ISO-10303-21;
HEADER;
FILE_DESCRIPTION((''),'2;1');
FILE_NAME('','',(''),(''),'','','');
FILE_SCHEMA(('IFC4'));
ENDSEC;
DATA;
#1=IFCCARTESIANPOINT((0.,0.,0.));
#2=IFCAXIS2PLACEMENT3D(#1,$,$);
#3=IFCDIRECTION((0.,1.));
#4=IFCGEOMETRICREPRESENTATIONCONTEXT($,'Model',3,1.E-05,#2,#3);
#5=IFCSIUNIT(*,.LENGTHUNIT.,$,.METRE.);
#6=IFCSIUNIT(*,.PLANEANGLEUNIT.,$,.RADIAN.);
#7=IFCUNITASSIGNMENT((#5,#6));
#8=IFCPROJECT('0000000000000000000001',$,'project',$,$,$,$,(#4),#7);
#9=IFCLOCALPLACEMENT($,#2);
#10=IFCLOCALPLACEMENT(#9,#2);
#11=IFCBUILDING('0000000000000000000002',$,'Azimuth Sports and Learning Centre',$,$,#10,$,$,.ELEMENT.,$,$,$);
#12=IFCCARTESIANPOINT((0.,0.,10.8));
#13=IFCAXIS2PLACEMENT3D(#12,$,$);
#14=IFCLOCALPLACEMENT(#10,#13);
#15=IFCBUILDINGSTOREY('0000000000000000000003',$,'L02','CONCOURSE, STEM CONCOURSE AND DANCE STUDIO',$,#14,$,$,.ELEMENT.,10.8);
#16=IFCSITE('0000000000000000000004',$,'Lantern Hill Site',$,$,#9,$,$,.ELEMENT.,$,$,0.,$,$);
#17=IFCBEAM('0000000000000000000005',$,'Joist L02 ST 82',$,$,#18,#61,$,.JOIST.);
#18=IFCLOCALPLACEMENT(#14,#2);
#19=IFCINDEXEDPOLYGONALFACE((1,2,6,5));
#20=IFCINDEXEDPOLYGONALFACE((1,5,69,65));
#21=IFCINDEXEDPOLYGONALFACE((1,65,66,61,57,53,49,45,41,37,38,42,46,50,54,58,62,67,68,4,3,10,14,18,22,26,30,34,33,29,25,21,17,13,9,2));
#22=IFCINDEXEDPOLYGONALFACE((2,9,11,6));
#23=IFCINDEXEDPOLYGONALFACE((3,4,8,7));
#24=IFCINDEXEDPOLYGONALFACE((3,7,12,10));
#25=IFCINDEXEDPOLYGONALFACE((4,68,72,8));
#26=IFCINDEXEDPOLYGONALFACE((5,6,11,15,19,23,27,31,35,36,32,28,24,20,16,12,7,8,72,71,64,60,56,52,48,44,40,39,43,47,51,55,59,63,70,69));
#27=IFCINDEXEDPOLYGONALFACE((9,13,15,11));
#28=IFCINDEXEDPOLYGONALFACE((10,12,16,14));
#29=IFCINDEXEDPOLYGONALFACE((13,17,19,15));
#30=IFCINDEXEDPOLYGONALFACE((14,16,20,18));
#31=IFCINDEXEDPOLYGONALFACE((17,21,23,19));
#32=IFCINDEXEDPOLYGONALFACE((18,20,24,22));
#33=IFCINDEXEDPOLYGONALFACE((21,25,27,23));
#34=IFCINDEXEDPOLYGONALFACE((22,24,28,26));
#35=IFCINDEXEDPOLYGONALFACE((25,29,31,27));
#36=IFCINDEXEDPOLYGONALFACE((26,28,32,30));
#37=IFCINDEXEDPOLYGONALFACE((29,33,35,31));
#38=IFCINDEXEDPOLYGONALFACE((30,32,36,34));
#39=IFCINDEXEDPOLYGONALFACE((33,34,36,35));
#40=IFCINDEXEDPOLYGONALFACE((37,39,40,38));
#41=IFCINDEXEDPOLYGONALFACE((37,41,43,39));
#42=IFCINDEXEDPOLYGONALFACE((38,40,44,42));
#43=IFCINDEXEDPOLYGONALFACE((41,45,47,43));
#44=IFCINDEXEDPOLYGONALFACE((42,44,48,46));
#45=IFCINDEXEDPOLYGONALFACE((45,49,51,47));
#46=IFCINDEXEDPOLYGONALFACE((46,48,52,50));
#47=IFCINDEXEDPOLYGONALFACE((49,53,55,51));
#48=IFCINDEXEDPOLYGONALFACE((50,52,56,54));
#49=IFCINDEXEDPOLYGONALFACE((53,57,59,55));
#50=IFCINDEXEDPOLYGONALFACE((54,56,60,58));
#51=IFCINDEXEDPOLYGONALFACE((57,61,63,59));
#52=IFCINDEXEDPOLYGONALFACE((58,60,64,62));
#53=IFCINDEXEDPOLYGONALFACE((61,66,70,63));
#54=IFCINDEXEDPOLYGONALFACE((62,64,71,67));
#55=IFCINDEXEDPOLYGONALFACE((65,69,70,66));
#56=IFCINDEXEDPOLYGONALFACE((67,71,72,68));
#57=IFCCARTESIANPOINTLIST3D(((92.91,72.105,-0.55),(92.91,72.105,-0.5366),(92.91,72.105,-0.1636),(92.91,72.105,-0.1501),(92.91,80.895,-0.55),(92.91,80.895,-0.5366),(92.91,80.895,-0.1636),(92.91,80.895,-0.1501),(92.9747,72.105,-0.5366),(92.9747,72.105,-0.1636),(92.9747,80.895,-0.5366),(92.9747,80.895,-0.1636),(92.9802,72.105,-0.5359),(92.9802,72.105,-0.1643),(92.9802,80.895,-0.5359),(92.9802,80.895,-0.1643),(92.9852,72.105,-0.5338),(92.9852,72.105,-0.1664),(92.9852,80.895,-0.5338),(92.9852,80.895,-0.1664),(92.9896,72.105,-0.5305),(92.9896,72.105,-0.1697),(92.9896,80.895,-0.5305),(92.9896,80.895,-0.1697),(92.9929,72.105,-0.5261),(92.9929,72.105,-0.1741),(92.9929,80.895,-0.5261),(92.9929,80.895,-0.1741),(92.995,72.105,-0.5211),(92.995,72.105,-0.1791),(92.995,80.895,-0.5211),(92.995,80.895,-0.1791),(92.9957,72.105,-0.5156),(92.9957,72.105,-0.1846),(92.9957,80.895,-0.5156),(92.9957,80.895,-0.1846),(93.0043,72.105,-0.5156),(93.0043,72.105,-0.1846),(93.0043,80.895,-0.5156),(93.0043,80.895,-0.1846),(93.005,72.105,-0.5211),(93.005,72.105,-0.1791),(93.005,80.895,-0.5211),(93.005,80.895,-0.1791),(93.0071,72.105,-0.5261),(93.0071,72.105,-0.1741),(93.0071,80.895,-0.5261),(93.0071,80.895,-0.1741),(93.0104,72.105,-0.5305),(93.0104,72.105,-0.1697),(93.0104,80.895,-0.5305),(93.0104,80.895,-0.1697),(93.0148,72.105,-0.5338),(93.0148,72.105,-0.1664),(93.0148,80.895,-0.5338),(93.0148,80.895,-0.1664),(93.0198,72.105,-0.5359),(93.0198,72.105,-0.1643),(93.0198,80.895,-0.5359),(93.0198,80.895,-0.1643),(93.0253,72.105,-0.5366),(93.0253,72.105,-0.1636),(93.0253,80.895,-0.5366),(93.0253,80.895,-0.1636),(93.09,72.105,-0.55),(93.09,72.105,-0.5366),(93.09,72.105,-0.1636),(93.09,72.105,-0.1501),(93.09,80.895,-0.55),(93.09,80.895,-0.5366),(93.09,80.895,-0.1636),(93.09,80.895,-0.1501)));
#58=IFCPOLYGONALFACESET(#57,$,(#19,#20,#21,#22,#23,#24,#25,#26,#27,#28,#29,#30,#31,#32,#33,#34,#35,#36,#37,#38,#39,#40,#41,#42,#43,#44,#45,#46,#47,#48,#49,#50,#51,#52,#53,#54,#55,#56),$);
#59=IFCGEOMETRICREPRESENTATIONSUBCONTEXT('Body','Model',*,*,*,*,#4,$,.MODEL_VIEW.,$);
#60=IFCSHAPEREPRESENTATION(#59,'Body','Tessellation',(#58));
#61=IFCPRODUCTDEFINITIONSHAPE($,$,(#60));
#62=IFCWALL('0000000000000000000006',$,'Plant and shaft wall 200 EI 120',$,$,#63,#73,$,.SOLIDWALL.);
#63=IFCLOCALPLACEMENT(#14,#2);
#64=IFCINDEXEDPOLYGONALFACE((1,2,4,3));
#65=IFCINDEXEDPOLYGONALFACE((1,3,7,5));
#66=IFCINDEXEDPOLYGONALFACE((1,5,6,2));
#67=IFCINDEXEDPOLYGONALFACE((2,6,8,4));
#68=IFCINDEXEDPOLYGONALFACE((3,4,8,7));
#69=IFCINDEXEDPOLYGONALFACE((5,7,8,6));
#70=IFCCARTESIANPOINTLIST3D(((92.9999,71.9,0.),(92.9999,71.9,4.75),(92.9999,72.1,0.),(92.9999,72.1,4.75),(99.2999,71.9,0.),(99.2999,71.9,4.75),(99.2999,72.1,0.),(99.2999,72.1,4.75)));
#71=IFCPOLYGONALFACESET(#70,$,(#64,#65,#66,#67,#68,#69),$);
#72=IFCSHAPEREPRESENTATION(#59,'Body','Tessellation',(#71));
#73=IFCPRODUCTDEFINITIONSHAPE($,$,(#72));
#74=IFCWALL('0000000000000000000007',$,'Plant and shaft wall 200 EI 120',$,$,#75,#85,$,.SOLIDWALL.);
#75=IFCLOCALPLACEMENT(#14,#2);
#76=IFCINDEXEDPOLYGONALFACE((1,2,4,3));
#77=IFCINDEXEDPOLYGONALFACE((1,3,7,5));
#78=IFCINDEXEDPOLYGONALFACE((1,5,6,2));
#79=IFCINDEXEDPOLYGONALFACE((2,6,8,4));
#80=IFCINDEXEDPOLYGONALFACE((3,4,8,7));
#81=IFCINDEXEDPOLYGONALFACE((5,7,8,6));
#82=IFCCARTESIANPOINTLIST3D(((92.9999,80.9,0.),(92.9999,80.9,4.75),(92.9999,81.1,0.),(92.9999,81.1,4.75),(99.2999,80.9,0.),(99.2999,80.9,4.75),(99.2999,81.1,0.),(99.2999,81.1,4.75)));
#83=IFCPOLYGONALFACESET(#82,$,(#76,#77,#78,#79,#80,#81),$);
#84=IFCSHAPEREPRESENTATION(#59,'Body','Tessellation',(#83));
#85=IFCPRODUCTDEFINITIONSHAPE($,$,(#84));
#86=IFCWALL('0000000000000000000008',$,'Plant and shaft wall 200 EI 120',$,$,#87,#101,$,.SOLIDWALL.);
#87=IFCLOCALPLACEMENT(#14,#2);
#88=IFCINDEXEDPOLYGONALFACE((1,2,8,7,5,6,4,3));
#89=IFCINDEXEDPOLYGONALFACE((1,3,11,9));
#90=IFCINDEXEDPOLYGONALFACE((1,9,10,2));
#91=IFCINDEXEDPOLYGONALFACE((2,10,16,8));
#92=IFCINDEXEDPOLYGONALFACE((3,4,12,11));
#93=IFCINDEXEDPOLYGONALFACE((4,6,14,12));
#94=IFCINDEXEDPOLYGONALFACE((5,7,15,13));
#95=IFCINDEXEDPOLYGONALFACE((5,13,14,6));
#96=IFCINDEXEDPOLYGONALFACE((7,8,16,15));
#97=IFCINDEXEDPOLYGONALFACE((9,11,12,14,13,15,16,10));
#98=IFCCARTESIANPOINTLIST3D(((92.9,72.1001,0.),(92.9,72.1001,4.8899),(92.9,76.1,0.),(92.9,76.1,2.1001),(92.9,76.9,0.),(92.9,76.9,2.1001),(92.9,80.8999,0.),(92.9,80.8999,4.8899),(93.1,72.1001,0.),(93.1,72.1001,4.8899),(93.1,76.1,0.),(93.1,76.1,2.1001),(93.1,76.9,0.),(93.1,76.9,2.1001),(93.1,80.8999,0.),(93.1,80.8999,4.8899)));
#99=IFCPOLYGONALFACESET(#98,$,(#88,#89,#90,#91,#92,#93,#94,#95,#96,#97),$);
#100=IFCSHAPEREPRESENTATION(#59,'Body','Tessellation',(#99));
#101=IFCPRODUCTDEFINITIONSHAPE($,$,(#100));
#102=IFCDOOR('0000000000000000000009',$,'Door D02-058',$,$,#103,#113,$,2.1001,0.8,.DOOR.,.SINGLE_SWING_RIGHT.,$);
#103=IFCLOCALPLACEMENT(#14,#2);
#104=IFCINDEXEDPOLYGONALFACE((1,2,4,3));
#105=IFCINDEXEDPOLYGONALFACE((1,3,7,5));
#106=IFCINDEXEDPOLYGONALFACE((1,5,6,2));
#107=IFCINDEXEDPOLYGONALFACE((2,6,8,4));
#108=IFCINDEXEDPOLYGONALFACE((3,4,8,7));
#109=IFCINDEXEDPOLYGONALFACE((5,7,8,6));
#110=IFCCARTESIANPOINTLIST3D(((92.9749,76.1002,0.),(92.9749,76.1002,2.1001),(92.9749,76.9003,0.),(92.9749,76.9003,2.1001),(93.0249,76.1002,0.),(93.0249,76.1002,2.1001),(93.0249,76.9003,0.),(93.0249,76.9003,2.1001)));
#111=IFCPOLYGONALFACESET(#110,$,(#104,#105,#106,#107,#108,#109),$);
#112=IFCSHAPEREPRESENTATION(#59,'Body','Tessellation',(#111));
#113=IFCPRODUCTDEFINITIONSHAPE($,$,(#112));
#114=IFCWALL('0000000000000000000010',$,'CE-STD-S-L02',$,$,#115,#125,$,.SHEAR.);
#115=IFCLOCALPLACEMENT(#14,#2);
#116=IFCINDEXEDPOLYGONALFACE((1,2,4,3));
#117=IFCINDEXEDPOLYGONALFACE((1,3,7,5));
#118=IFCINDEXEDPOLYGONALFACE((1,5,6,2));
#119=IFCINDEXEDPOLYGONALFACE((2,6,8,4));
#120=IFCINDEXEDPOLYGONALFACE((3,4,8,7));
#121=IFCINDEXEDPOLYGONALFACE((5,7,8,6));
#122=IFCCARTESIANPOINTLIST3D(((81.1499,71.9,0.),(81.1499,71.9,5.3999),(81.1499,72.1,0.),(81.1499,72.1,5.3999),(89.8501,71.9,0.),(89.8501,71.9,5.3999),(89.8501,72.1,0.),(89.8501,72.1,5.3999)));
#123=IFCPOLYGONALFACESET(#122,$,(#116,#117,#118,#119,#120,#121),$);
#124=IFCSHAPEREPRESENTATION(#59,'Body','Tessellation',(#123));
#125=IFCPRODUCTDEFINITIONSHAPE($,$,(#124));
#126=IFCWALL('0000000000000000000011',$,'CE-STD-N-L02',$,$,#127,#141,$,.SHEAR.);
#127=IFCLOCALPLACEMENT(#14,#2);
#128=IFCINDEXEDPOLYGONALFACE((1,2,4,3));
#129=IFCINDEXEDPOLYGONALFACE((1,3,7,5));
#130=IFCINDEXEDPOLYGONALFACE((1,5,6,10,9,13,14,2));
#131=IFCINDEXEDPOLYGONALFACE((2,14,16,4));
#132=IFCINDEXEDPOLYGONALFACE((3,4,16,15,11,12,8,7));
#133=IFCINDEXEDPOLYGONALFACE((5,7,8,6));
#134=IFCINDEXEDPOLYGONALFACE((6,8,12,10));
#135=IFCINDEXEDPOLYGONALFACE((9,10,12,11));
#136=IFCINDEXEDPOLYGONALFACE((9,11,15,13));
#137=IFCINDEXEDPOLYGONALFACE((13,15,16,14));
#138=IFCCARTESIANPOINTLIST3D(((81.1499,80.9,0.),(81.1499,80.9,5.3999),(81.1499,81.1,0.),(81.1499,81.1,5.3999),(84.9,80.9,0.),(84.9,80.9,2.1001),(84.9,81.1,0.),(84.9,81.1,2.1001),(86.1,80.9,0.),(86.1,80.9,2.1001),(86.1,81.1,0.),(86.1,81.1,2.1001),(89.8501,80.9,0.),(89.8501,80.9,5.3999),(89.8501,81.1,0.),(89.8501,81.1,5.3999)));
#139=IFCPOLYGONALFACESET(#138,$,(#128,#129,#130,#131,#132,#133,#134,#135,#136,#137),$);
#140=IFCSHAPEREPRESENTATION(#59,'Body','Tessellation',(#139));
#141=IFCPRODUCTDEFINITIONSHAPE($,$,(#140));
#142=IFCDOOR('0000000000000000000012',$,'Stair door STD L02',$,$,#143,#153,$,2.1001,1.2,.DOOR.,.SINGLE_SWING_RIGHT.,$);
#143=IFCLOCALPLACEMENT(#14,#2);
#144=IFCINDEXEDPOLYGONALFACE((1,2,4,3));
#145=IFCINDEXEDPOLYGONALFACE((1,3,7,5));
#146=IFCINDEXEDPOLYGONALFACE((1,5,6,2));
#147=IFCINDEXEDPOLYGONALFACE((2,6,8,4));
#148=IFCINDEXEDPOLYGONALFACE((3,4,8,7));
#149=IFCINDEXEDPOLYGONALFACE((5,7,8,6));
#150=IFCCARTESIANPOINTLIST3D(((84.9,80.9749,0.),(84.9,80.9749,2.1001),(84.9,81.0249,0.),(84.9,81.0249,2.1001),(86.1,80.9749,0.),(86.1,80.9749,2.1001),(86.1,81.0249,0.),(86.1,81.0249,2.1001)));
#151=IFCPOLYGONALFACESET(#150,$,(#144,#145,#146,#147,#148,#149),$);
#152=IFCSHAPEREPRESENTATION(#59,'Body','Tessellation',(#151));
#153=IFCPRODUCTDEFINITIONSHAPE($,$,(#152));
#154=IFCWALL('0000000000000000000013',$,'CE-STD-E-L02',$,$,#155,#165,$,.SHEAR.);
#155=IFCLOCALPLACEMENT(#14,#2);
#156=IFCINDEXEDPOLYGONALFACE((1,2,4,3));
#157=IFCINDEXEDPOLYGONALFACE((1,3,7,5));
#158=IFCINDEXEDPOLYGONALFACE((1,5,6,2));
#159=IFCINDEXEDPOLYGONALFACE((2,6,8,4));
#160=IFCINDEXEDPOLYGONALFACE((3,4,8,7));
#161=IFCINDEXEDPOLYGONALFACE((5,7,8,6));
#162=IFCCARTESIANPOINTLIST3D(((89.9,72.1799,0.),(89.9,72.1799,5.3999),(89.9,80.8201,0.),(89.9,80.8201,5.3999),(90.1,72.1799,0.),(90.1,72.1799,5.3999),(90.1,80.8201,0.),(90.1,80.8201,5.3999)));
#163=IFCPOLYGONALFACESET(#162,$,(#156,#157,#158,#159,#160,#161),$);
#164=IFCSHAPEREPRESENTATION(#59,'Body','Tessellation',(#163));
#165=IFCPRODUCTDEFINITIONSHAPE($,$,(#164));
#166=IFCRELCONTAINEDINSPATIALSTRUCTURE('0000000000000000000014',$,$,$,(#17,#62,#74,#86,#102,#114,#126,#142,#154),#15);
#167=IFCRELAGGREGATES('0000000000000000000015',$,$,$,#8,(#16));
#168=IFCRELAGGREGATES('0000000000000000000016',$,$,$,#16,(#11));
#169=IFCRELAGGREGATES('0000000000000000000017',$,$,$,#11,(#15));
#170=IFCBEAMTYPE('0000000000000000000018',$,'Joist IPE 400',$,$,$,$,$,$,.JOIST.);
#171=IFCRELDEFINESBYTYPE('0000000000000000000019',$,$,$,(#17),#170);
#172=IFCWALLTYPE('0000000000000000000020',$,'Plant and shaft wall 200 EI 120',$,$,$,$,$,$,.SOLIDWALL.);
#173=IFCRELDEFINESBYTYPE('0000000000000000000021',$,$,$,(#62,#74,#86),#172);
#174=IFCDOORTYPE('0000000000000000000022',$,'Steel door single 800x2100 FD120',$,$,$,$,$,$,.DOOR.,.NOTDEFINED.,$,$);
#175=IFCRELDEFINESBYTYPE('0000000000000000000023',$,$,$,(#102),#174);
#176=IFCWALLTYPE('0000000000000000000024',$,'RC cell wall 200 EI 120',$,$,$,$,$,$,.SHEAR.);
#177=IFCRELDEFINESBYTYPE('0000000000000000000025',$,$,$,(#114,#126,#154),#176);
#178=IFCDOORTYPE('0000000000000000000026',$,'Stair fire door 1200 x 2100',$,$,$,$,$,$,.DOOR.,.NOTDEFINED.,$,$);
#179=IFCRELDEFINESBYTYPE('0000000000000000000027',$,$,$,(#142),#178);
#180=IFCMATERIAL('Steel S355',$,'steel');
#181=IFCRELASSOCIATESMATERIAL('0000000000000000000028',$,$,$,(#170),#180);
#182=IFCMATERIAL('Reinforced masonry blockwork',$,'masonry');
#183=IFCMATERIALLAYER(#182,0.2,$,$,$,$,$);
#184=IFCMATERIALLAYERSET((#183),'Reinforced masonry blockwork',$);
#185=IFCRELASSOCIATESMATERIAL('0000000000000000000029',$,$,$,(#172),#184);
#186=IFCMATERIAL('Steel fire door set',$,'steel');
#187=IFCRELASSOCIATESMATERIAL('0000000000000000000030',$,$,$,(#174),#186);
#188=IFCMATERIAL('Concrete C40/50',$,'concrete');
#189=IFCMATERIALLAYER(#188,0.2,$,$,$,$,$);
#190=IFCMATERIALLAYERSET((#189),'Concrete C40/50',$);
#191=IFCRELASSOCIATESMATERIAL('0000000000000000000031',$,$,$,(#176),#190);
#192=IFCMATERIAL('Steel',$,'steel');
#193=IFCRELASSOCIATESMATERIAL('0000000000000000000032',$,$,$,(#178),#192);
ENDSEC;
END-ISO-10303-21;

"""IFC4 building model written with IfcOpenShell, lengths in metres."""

from ifc_helpers import new_model, si_unit, direction, frame, frame_2d, origin, origin_2d, place, context, subcontext, project, spatial, rectangle, i_section, extrude, material, layer, layer_set, material_profile, profile_set, type_object, element, fill, save


model = new_model("IFC4")

# Units and contexts
model_context = context("Model", 3, precision=1e-05, world=origin(), true_north=direction((0.0, 1.0)))
body_context = subcontext(model_context, "Body", "Model", "MODEL_VIEW")
ifc_project = project(units=[si_unit("LENGTHUNIT", "METRE"), si_unit("PLANEANGLEUNIT", "RADIAN")], contexts=[model_context])

# Site, building, storey
site_placement = place(None, origin())
site = spatial("IfcSite", under=ifc_project, at=site_placement, Name="Lantern Hill Site", CompositionType="ELEMENT", RefElevation=0.0)
building_placement = place(site_placement, origin())
building = spatial("IfcBuilding", under=site, at=building_placement, Name="Azimuth Sports and Learning Centre", CompositionType="ELEMENT")
storey_placement = place(building_placement, frame((0.0, 0.0, 10.8)))
storey = spatial("IfcBuildingStorey", under=building, at=storey_placement, Name="L02", Description="CONCOURSE, STEM CONCOURSE AND DANCE STUDIO", CompositionType="ELEMENT", Elevation=10.8)

# Beam
ifc_material_1 = material(Name="Steel S355", Category="steel")
ifc_material_profile_1 = material_profile(ifc_material_1, i_section(OverallWidth=0.1799, OverallDepth=0.3999, WebThickness=0.0085, FlangeThickness=0.0134, FilletRadius=0.021, at=origin_2d()), Name="IPE 400")
ifc_profile_set_1 = profile_set([ifc_material_profile_1], Name="Steel S355")
beam_type_1 = type_object("IfcBeamType", Name="Joist IPE 400", PredefinedType="JOIST", material=ifc_profile_set_1)
beam_1_placement = place(storey_placement, frame((93.0, 72.105, -0.3501), z_axis=(0.0, 1.0, 0.0), x_axis=(-1.0, 0.0, 0.0)))
element("IfcBeam", 1, at=beam_1_placement, inside=storey, type_object=beam_type_1, Name="Joist L02 ST 82", PredefinedType="JOIST", context=body_context, shape_type="SweptSolid", body=[
    extrude(i_section(OverallWidth=0.1799, OverallDepth=0.3999, WebThickness=0.0085, FlangeThickness=0.0134, FilletRadius=0.021, at=origin_2d()), origin(), (0.0, 0.0, 1.0), 8.79),
])

# Walls
ifc_material_2 = material(Name="Reinforced masonry blockwork", Category="masonry")
ifc_layer_1 = layer(ifc_material_2, 0.2)
ifc_layer_set_1 = layer_set([ifc_layer_1], Name="Reinforced masonry blockwork")
wall_type_1 = type_object("IfcWallType", Name="Plant and shaft wall 200 EI 120", PredefinedType="SOLIDWALL", material=ifc_layer_set_1)
for number, where, z_axis, x_axis, name in (
    (2, (93.0, 72.0, 0.0), (0.0, 0.0, 1.0), (1.0, 0.0, 0.0), "Plant and shaft wall 200 EI 120"),
    (3, (93.0, 81.0, 0.0), (0.0, 0.0, 1.0), (1.0, 0.0, 0.0), "Plant and shaft wall 200 EI 120"),
):
    element("IfcWall", number, at=place(storey_placement, frame(where, z_axis=z_axis, x_axis=x_axis)), inside=storey, type_object=wall_type_1, Name=name, PredefinedType="SOLIDWALL", context=body_context, shape_type="SweptSolid", body=[
        extrude(rectangle(XDim=6.3, YDim=0.2, at=frame_2d((3.1499, 0.0))), origin(), (0.0, 0.0, 1.0), 4.75),
    ])

# Wall, opening, door
wall_1_placement = place(storey_placement, frame((93.0, 72.1001, 0.0), z_axis=(0.0, 0.0, 1.0), x_axis=(0.0, 1.0, 0.0)))
wall_1 = element("IfcWall", 4, at=wall_1_placement, inside=storey, type_object=wall_type_1, Name="Plant and shaft wall 200 EI 120", PredefinedType="SOLIDWALL", context=body_context, shape_type="SweptSolid", body=[
    extrude(rectangle(XDim=8.7998, YDim=0.2, at=frame_2d((4.3999, 0.0))), origin(), (0.0, 0.0, 1.0), 4.8899),
])
opening_1_placement = place(wall_1_placement, frame((4.0, 0.0, 0.0)))
opening_1 = element("IfcOpeningElement", 5, at=opening_1_placement, cuts=wall_1, PredefinedType="OPENING", context=body_context, shape_type="SweptSolid", body=[
    extrude(rectangle(XDim=0.8, YDim=2.1001, at=frame_2d((0.3999, 1.05))), frame((0.0, 0.1108, 0.0), z_axis=(0.0, -1.0, 0.0), x_axis=(1.0, 0.0, 0.0)), (0.0, 0.0, 1.0), 0.2219),
])
ifc_material_3 = material(Name="Steel fire door set", Category="steel")
door_type_1 = type_object("IfcDoorType", Name="Steel door single 800x2100 FD120", OperationType="NOTDEFINED", PredefinedType="DOOR", material=ifc_material_3)
door_1_placement = place(opening_1_placement, frame((0.8, 0.0, 0.0), z_axis=(0.0, 0.0, 1.0), x_axis=(-1.0, 0.0, 0.0)))
door_1 = element("IfcDoor", 6, at=door_1_placement, inside=storey, type_object=door_type_1, Name="Door D02-058", OperationType="SINGLE_SWING_RIGHT", OverallHeight=2.1001, OverallWidth=0.8, PredefinedType="DOOR", context=body_context, shape_type="SweptSolid", body=[
    extrude(rectangle(XDim=0.8, YDim=2.1001, at=frame_2d((0.3999, 1.05))), frame((0.0, 0.0249, 0.0), z_axis=(0.0, -1.0, 0.0), x_axis=(1.0, 0.0, 0.0)), (0.0, 0.0, 1.0), 0.05),
])
fill(opening_1, door_1)

# Wall
ifc_material_4 = material(Name="Concrete C40/50", Category="concrete")
ifc_layer_2 = layer(ifc_material_4, 0.2)
ifc_layer_set_2 = layer_set([ifc_layer_2], Name="Concrete C40/50")
wall_type_2 = type_object("IfcWallType", Name="RC cell wall 200 EI 120", PredefinedType="SHEAR", material=ifc_layer_set_2)
wall_2_placement = place(storey_placement, frame((81.1499, 72.0, 0.0), z_axis=(0.0, 0.0, 1.0), x_axis=(1.0, 0.0, 0.0)))
element("IfcWall", 7, at=wall_2_placement, inside=storey, type_object=wall_type_2, Name="CE-STD-S-L02", PredefinedType="SHEAR", context=body_context, shape_type="SweptSolid", body=[
    extrude(rectangle(XDim=8.7002, YDim=0.2, at=frame_2d((4.3501, 0.0))), origin(), (0.0, 0.0, 1.0), 5.3999),
])

# Wall, opening, door
wall_3_placement = place(storey_placement, frame((81.1499, 81.0, 0.0), z_axis=(0.0, 0.0, 1.0), x_axis=(1.0, 0.0, 0.0)))
wall_3 = element("IfcWall", 8, at=wall_3_placement, inside=storey, type_object=wall_type_2, Name="CE-STD-N-L02", PredefinedType="SHEAR", context=body_context, shape_type="SweptSolid", body=[
    extrude(rectangle(XDim=8.7002, YDim=0.2, at=frame_2d((4.3501, 0.0))), origin(), (0.0, 0.0, 1.0), 5.3999),
])
opening_2_placement = place(wall_3_placement, frame((3.75, 0.0, 0.0)))
opening_2 = element("IfcOpeningElement", 9, at=opening_2_placement, cuts=wall_3, PredefinedType="OPENING", context=body_context, shape_type="SweptSolid", body=[
    extrude(rectangle(XDim=1.2, YDim=2.1001, at=frame_2d((0.6001, 1.05))), frame((0.0, 0.1108, 0.0), z_axis=(0.0, -1.0, 0.0), x_axis=(1.0, 0.0, 0.0)), (0.0, 0.0, 1.0), 0.2219),
])
ifc_material_5 = material(Name="Steel", Category="steel")
door_type_2 = type_object("IfcDoorType", Name="Stair fire door 1200 x 2100", OperationType="NOTDEFINED", PredefinedType="DOOR", material=ifc_material_5)
door_2_placement = place(opening_2_placement, origin())
door_2 = element("IfcDoor", 10, at=door_2_placement, inside=storey, type_object=door_type_2, Name="Stair door STD L02", OperationType="SINGLE_SWING_RIGHT", OverallHeight=2.1001, OverallWidth=1.2, PredefinedType="DOOR", context=body_context, shape_type="SweptSolid", body=[
    extrude(rectangle(XDim=1.2, YDim=2.1001, at=frame_2d((0.6001, 1.05))), frame((0.0, 0.0249, 0.0), z_axis=(0.0, -1.0, 0.0), x_axis=(1.0, 0.0, 0.0)), (0.0, 0.0, 1.0), 0.05),
])
fill(opening_2, door_2)

# Wall
wall_4_placement = place(storey_placement, frame((90.0, 72.1799, 0.0), z_axis=(0.0, 0.0, 1.0), x_axis=(0.0, 1.0, 0.0)))
element("IfcWall", 11, at=wall_4_placement, inside=storey, type_object=wall_type_2, Name="CE-STD-E-L02", PredefinedType="SHEAR", context=body_context, shape_type="SweptSolid", body=[
    extrude(rectangle(XDim=8.6401, YDim=0.2, at=frame_2d((4.3201, 0.0))), origin(), (0.0, 0.0, 1.0), 5.3999),
])

save(model, "model.ifc")
